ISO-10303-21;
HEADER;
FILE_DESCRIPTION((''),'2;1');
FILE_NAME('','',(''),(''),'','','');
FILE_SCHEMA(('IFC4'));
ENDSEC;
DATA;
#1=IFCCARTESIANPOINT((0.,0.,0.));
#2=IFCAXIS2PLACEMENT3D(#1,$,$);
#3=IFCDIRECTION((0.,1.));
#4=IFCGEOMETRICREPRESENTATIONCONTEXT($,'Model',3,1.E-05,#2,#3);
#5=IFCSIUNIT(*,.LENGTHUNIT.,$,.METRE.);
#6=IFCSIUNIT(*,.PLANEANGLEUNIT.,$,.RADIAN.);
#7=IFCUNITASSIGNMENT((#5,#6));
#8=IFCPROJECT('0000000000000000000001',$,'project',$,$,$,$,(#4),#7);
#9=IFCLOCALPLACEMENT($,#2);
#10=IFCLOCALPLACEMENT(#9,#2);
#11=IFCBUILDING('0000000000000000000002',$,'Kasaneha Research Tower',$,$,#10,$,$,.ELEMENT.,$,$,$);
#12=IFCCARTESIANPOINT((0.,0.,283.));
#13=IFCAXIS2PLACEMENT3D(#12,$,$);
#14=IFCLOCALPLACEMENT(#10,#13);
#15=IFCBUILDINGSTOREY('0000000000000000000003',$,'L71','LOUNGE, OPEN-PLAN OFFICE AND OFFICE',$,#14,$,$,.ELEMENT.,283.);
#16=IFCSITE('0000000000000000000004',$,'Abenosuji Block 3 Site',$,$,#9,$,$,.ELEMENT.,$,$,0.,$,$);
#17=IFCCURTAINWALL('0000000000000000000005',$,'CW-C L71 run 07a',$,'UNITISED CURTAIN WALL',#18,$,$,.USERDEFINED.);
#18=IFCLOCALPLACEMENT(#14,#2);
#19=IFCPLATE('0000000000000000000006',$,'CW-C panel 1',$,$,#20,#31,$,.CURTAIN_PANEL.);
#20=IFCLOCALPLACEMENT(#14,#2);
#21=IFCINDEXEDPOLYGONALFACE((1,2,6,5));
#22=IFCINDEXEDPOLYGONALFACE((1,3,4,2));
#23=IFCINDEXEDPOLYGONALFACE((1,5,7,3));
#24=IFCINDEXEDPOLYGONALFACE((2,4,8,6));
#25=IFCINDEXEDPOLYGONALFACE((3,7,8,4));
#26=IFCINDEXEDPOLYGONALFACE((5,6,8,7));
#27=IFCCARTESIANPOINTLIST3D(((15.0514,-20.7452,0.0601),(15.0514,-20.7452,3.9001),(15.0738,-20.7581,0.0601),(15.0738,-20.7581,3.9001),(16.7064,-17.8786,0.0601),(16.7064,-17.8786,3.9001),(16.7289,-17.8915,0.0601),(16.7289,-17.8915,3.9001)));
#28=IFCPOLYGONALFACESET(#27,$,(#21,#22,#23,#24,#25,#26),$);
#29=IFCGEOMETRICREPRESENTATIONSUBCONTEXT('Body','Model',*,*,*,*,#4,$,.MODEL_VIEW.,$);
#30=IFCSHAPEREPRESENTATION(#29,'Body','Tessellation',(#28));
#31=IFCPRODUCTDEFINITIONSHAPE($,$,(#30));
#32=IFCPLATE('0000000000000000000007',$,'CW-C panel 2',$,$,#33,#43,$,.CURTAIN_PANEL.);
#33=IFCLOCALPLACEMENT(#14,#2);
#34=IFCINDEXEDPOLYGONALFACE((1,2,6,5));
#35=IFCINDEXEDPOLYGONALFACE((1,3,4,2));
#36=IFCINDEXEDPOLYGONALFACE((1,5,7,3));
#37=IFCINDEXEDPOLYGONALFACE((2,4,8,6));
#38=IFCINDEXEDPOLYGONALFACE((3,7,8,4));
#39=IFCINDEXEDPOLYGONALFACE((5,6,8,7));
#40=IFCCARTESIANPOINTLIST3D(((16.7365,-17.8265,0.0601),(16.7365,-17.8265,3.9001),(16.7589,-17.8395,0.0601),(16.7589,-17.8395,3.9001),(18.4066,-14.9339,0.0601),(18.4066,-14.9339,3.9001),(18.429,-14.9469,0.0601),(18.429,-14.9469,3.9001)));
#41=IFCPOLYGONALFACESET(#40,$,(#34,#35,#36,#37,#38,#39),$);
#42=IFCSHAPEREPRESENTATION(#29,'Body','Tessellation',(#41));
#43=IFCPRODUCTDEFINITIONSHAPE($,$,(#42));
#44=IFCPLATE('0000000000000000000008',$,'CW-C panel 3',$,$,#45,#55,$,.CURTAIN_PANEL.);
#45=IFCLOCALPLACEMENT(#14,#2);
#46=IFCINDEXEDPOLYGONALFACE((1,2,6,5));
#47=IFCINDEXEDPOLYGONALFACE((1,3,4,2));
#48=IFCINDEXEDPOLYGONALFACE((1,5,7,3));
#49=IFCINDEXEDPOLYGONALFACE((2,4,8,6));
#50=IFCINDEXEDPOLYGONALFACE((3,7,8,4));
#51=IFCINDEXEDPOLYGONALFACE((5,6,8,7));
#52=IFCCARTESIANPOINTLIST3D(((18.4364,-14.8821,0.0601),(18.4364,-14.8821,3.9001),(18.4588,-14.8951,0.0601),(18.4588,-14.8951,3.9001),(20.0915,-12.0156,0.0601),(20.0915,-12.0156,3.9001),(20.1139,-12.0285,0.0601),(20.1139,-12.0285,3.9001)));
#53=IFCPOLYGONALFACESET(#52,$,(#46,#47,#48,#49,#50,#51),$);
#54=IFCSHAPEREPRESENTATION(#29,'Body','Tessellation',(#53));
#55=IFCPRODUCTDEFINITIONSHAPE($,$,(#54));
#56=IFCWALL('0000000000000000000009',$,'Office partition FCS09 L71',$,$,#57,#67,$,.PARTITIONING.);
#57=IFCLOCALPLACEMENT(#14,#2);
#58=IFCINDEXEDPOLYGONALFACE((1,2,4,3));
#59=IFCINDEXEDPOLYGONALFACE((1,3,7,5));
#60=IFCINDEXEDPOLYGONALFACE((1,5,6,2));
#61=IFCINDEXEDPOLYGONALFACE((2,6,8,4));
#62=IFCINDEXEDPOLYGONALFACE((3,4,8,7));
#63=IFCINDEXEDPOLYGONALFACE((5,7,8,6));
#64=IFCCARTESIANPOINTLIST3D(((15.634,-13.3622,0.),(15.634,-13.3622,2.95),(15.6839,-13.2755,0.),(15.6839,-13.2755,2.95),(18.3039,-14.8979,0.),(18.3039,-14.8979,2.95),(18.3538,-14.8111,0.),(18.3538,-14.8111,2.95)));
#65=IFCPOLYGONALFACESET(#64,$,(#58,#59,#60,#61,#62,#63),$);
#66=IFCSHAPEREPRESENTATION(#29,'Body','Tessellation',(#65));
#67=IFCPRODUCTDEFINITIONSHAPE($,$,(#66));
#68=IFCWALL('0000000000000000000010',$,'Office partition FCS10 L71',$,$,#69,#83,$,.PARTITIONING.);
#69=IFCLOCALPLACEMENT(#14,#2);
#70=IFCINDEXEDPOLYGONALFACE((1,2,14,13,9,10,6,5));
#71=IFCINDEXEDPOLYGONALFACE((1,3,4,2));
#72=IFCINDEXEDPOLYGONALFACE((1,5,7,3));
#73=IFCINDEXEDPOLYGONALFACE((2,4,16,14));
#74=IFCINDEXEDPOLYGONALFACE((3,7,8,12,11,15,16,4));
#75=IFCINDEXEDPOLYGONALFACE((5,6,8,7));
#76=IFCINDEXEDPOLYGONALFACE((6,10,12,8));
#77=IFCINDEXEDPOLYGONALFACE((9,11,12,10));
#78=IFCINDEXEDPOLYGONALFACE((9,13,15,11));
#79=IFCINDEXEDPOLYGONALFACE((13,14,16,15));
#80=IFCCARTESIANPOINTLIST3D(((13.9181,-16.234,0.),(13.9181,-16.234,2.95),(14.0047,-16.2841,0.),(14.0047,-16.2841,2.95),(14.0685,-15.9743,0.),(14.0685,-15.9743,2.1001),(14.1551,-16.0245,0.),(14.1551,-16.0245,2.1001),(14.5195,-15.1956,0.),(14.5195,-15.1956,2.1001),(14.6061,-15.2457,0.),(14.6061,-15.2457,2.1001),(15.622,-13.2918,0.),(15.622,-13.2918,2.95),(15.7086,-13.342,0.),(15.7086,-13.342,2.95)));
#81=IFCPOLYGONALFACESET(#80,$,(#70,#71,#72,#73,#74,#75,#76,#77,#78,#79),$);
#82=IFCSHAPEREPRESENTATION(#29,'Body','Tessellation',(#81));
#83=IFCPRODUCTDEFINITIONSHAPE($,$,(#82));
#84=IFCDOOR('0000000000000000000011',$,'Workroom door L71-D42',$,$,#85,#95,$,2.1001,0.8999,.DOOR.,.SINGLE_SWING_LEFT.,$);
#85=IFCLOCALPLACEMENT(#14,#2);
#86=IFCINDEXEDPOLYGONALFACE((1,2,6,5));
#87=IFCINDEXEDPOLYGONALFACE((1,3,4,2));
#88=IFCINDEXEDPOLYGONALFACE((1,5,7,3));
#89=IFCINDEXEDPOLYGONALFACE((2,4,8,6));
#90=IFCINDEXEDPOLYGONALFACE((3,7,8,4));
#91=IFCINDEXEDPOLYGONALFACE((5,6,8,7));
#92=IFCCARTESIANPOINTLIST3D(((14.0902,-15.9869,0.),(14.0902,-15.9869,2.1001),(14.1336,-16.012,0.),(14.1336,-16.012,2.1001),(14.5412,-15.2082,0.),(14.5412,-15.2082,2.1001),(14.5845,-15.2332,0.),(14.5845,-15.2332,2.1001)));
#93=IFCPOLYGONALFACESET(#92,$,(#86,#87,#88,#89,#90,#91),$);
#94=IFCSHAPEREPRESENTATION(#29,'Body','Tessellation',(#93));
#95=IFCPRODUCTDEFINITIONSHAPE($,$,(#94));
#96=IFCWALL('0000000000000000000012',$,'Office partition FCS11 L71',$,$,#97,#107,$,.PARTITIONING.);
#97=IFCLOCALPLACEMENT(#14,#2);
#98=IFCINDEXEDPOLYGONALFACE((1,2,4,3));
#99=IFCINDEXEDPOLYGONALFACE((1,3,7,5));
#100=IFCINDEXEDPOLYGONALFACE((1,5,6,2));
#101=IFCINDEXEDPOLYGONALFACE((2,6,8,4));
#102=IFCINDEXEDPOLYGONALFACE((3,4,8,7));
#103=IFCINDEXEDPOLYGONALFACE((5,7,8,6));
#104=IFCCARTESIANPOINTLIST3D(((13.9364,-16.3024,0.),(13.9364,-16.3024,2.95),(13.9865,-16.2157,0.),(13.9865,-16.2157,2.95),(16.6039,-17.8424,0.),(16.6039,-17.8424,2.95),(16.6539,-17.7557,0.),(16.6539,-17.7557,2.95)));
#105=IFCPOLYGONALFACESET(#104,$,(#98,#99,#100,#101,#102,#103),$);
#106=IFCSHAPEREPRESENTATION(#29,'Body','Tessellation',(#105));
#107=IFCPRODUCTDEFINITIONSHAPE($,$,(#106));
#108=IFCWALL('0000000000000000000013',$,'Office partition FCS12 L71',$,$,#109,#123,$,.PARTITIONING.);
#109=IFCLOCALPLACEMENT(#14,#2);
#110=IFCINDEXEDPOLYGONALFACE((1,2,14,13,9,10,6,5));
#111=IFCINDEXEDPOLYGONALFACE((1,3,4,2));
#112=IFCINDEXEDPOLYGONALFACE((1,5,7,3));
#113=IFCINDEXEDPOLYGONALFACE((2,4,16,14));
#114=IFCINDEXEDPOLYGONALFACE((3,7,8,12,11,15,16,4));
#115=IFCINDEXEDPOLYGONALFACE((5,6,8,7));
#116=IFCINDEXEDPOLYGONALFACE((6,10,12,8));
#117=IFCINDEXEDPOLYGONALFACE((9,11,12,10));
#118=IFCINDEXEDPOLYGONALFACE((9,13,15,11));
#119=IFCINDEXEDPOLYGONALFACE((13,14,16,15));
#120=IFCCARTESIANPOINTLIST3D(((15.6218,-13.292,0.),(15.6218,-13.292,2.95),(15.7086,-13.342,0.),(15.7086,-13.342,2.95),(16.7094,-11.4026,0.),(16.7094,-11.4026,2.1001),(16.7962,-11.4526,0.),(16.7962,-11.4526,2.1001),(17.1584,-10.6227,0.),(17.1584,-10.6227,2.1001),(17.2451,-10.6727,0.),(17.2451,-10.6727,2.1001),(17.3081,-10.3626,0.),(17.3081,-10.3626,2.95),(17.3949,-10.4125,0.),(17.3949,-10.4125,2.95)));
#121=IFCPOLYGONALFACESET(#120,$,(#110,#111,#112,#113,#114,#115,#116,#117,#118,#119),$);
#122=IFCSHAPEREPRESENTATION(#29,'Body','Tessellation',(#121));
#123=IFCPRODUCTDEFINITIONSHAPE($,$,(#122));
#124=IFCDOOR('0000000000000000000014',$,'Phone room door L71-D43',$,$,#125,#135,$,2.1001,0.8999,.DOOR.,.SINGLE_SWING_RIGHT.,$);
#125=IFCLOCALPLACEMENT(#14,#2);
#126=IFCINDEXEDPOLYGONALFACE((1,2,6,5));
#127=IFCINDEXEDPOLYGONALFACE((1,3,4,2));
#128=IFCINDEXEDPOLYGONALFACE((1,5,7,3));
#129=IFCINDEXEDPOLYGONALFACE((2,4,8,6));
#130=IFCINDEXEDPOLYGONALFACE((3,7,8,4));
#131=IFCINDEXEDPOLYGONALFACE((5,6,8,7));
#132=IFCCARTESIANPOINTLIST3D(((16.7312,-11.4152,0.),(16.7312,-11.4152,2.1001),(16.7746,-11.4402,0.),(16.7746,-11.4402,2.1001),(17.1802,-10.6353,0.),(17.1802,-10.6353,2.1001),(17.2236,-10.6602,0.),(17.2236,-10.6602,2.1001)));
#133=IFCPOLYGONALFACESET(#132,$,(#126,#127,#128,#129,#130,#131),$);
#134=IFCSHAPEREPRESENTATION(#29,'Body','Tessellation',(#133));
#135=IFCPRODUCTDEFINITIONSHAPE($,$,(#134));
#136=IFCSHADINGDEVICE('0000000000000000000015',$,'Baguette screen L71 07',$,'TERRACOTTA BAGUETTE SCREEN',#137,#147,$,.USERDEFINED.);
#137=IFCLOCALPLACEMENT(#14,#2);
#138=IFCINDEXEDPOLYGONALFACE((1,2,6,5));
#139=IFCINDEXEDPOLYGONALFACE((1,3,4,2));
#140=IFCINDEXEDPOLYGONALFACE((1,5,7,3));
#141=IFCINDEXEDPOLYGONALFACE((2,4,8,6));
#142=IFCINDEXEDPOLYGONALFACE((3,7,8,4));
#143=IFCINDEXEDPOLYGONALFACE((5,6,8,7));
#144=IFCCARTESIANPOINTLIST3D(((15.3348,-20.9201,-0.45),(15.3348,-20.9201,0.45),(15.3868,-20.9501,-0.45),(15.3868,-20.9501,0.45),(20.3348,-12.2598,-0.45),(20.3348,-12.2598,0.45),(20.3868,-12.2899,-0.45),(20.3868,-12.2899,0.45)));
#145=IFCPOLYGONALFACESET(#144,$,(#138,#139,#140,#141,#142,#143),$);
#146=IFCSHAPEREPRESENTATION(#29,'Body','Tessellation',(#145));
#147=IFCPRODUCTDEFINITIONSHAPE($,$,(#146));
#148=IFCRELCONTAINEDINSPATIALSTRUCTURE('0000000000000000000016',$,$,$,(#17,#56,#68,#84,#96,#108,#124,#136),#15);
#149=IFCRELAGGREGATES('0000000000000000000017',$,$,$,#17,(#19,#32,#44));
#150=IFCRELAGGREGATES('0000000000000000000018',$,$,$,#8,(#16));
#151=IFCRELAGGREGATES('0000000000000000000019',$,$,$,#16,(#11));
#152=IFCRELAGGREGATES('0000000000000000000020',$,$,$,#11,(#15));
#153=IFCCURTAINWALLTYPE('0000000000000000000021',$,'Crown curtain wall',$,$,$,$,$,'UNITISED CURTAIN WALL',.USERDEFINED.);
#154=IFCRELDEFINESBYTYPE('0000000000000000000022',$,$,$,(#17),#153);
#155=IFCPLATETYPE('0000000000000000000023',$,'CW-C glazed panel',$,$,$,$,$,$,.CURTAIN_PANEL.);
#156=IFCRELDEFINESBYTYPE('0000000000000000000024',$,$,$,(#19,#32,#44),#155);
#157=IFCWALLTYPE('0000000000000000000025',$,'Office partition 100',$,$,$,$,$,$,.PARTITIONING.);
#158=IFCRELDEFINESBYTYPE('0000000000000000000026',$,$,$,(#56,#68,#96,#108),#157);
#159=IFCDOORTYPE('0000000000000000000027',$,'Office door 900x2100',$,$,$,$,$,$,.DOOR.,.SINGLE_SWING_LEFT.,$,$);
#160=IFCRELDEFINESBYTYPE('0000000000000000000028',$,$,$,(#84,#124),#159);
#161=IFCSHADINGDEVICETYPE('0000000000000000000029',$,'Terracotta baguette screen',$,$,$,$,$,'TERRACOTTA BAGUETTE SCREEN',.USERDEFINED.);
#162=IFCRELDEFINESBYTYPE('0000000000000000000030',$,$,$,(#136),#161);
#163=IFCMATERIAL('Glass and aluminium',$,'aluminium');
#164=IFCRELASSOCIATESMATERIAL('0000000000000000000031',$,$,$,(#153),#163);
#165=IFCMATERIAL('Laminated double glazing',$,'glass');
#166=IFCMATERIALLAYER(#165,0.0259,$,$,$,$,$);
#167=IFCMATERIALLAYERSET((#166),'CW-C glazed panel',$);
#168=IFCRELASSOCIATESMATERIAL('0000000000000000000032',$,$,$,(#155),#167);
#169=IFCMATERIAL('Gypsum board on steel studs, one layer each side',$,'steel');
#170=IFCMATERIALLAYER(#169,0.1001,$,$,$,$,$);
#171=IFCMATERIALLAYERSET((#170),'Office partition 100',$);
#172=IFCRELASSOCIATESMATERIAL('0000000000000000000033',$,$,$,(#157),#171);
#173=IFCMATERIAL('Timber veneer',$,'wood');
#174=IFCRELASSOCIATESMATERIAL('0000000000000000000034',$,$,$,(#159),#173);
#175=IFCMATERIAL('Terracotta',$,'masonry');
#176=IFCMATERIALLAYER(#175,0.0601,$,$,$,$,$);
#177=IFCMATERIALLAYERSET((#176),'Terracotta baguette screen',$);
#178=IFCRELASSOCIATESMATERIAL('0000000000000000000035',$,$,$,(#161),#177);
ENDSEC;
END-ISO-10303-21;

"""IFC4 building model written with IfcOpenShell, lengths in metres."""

from ifc_helpers import new_model, si_unit, direction, frame, frame_2d, origin, origin_2d, place, context, subcontext, project, spatial, rectangle, extrude, material, layer, layer_set, type_object, element, fill, aggregate, save


model = new_model("IFC4")

# Units and contexts
model_context = context("Model", 3, precision=1e-05, world=origin(), true_north=direction((0.0, 1.0)))
body_context = subcontext(model_context, "Body", "Model", "MODEL_VIEW")
ifc_project = project(units=[si_unit("LENGTHUNIT", "METRE"), si_unit("PLANEANGLEUNIT", "RADIAN")], contexts=[model_context])

# Site, building, storey
site_placement = place(None, origin())
site = spatial("IfcSite", under=ifc_project, at=site_placement, Name="Abenosuji Block 3 Site", CompositionType="ELEMENT", RefElevation=0.0)
building_placement = place(site_placement, origin())
building = spatial("IfcBuilding", under=site, at=building_placement, Name="Kasaneha Research Tower", CompositionType="ELEMENT")
storey_placement = place(building_placement, frame((0.0, 0.0, 283.0)))
storey = spatial("IfcBuildingStorey", under=building, at=storey_placement, Name="L71", Description="LOUNGE, OPEN-PLAN OFFICE AND OFFICE", CompositionType="ELEMENT", Elevation=283.0)

# Shared definitions
ifc_material_1 = material(Name="Glass and aluminium", Category="aluminium")
curtain_wall_type = type_object("IfcCurtainWallType", Name="Crown curtain wall", ElementType="UNITISED CURTAIN WALL", PredefinedType="USERDEFINED", material=ifc_material_1)

# Curtain wall
curtain_wall_1_placement = place(storey_placement, origin())
curtain_wall_1 = element("IfcCurtainWall", 1, at=curtain_wall_1_placement, inside=storey, type_object=curtain_wall_type, Name="CW-C L71 run 07a", ObjectType="UNITISED CURTAIN WALL", PredefinedType="USERDEFINED")

# Plates
ifc_material_2 = material(Name="Laminated double glazing", Category="glass")
ifc_layer_1 = layer(ifc_material_2, 0.0259)
ifc_layer_set_1 = layer_set([ifc_layer_1], Name="CW-C glazed panel")
plate_type = type_object("IfcPlateType", Name="CW-C glazed panel", PredefinedType="CURTAIN_PANEL", material=ifc_layer_set_1)
plate_1_placement = place(storey_placement, frame((15.8901, -19.3184, 0.0601), z_axis=(0.0, 0.0, 1.0), x_axis=(0.5, 0.866025, 0.0)))
plate_1 = element("IfcPlate", 2, at=plate_1_placement, type_object=plate_type, Name="CW-C panel 1", PredefinedType="CURTAIN_PANEL", context=body_context, shape_type="SweptSolid", body=[
    extrude(rectangle(XDim=3.3101, YDim=0.0259, at=origin_2d()), origin(), (0.0, 0.0, 1.0), 3.8401),
])
plate_2_placement = place(storey_placement, frame((17.5828, -16.3867, 0.0601), z_axis=(0.0, 0.0, 1.0), x_axis=(0.5, 0.866025, 0.0)))
plate_2 = element("IfcPlate", 3, at=plate_2_placement, type_object=plate_type, Name="CW-C panel 2", PredefinedType="CURTAIN_PANEL", context=body_context, shape_type="SweptSolid", body=[
    extrude(rectangle(XDim=3.3401, YDim=0.0259, at=origin_2d()), origin(), (0.0, 0.0, 1.0), 3.8401),
])
plate_3_placement = place(storey_placement, frame((19.2751, -13.4553, 0.0601), z_axis=(0.0, 0.0, 1.0), x_axis=(0.5, 0.866025, 0.0)))
plate_3 = element("IfcPlate", 4, at=plate_3_placement, type_object=plate_type, Name="CW-C panel 3", PredefinedType="CURTAIN_PANEL", context=body_context, shape_type="SweptSolid", body=[
    extrude(rectangle(XDim=3.3101, YDim=0.0259, at=origin_2d()), origin(), (0.0, 0.0, 1.0), 3.8401),
])
aggregate(curtain_wall_1, [plate_1, plate_2, plate_3])

# Wall
ifc_material_3 = material(Name="Gypsum board on steel studs, one layer each side", Category="steel")
ifc_layer_2 = layer(ifc_material_3, 0.1001)
ifc_layer_set_2 = layer_set([ifc_layer_2], Name="Office partition 100")
wall_type = type_object("IfcWallType", Name="Office partition 100", PredefinedType="PARTITIONING", material=ifc_layer_set_2)
wall_1_placement = place(storey_placement, frame((15.6589, -13.3188, 0.0), z_axis=(0.0, 0.0, 1.0), x_axis=(0.866845, -0.498578, 0.0)))
element("IfcWall", 5, at=wall_1_placement, inside=storey, type_object=wall_type, Name="Office partition FCS09 L71", PredefinedType="PARTITIONING", context=body_context, shape_type="SweptSolid", body=[
    extrude(rectangle(XDim=3.0801, YDim=0.1001, at=frame_2d((1.54, 0.0))), origin(), (0.0, 0.0, 1.0), 2.95),
])

# Wall, opening, door
wall_2_placement = place(storey_placement, frame((13.9614, -16.259, 0.0), z_axis=(0.0, 0.0, 1.0), x_axis=(0.501149, 0.865361, 0.0)))
wall_2 = element("IfcWall", 6, at=wall_2_placement, inside=storey, type_object=wall_type, Name="Office partition FCS10 L71", PredefinedType="PARTITIONING", context=body_context, shape_type="SweptSolid", body=[
    extrude(rectangle(XDim=3.3999, YDim=0.1001, at=frame_2d((1.7, 0.0))), origin(), (0.0, 0.0, 1.0), 2.95),
])
opening_1_placement = place(wall_2_placement, frame((0.3, 0.0, 0.0)))
opening_1 = element("IfcOpeningElement", 7, at=opening_1_placement, cuts=wall_2, PredefinedType="OPENING", context=body_context, shape_type="SweptSolid", body=[
    extrude(rectangle(XDim=0.8999, YDim=2.1001, at=frame_2d((0.45, 1.05))), frame((0.0, 0.0601, 0.0), z_axis=(0.0, -1.0, 0.0), x_axis=(1.0, 0.0, 0.0)), (0.0, 0.0, 1.0), 0.1201),
])
ifc_material_4 = material(Name="Timber veneer", Category="wood")
door_type = type_object("IfcDoorType", Name="Office door 900x2100", OperationType="SINGLE_SWING_LEFT", PredefinedType="DOOR", material=ifc_material_4)
door_1_placement = place(opening_1_placement, origin())
door_1 = element("IfcDoor", 8, at=door_1_placement, inside=storey, type_object=door_type, Name="Workroom door L71-D42", OperationType="SINGLE_SWING_LEFT", OverallHeight=2.1001, OverallWidth=0.8999, PredefinedType="DOOR", context=body_context, shape_type="SweptSolid", body=[
    extrude(rectangle(XDim=0.8999, YDim=2.1001, at=frame_2d((0.45, 1.05))), frame((0.0, 0.0249, 0.0), z_axis=(0.0, -1.0, 0.0), x_axis=(1.0, 0.0, 0.0)), (0.0, 0.0, 1.0), 0.05),
])
fill(opening_1, door_1)

# Wall
wall_3_placement = place(storey_placement, frame((16.6289, -17.7991, 0.0), z_axis=(0.0, 0.0, 1.0), x_axis=(-0.86603, 0.499992, 0.0)))
element("IfcWall", 9, at=wall_3_placement, inside=storey, type_object=wall_type, Name="Office partition FCS11 L71", PredefinedType="PARTITIONING", context=body_context, shape_type="SweptSolid", body=[
    extrude(rectangle(XDim=3.0801, YDim=0.1001, at=frame_2d((1.54, 0.0))), origin(), (0.0, 0.0, 1.0), 2.95),
])

# Wall, opening, door
wall_4_placement = place(storey_placement, frame((15.6653, -13.3169, 0.0), z_axis=(0.0, 0.0, 1.0), x_axis=(0.498882, 0.86667, 0.0)))
wall_4 = element("IfcWall", 10, at=wall_4_placement, inside=storey, type_object=wall_type, Name="Office partition FCS12 L71", PredefinedType="PARTITIONING", context=body_context, shape_type="SweptSolid", body=[
    extrude(rectangle(XDim=3.3801, YDim=0.1001, at=frame_2d((1.6899, 0.0))), origin(), (0.0, 0.0, 1.0), 2.95),
])
opening_2_placement = place(wall_4_placement, frame((2.1799, 0.0, 0.0)))
opening_2 = element("IfcOpeningElement", 11, at=opening_2_placement, cuts=wall_4, PredefinedType="OPENING", context=body_context, shape_type="SweptSolid", body=[
    extrude(rectangle(XDim=0.8999, YDim=2.1001, at=frame_2d((0.45, 1.05))), frame((0.0, 0.0601, 0.0), z_axis=(0.0, -1.0, 0.0), x_axis=(1.0, 0.0, 0.0)), (0.0, 0.0, 1.0), 0.1201),
])
door_2_placement = place(opening_2_placement, origin())
door_2 = element("IfcDoor", 12, at=door_2_placement, inside=storey, type_object=door_type, Name="Phone room door L71-D43", OperationType="SINGLE_SWING_RIGHT", OverallHeight=2.1001, OverallWidth=0.8999, PredefinedType="DOOR", context=body_context, shape_type="SweptSolid", body=[
    extrude(rectangle(XDim=0.8999, YDim=2.1001, at=frame_2d((0.45, 1.05))), frame((0.0, 0.0249, 0.0), z_axis=(0.0, -1.0, 0.0), x_axis=(1.0, 0.0, 0.0)), (0.0, 0.0, 1.0), 0.05),
])
fill(opening_2, door_2)

# Shading device
ifc_material_5 = material(Name="Terracotta", Category="masonry")
ifc_layer_3 = layer(ifc_material_5, 0.0601)
ifc_layer_set_3 = layer_set([ifc_layer_3], Name="Terracotta baguette screen")
shading_device_type = type_object("IfcShadingDeviceType", Name="Terracotta baguette screen", ElementType="TERRACOTTA BAGUETTE SCREEN", PredefinedType="USERDEFINED", material=ifc_layer_set_3)
shading_device_placement = place(storey_placement, frame((17.8608, -16.605, -0.45), z_axis=(0.0, 0.0, 1.0), x_axis=(0.5, 0.866025, 0.0)))
element("IfcShadingDevice", 13, at=shading_device_placement, inside=storey, type_object=shading_device_type, Name="Baguette screen L71 07", ObjectType="TERRACOTTA BAGUETTE SCREEN", PredefinedType="USERDEFINED", context=body_context, shape_type="SweptSolid", body=[
    extrude(rectangle(XDim=10.0, YDim=0.0601, at=origin_2d()), origin(), (0.0, 0.0, 1.0), 0.8999),
])

save(model, "model.ifc")
